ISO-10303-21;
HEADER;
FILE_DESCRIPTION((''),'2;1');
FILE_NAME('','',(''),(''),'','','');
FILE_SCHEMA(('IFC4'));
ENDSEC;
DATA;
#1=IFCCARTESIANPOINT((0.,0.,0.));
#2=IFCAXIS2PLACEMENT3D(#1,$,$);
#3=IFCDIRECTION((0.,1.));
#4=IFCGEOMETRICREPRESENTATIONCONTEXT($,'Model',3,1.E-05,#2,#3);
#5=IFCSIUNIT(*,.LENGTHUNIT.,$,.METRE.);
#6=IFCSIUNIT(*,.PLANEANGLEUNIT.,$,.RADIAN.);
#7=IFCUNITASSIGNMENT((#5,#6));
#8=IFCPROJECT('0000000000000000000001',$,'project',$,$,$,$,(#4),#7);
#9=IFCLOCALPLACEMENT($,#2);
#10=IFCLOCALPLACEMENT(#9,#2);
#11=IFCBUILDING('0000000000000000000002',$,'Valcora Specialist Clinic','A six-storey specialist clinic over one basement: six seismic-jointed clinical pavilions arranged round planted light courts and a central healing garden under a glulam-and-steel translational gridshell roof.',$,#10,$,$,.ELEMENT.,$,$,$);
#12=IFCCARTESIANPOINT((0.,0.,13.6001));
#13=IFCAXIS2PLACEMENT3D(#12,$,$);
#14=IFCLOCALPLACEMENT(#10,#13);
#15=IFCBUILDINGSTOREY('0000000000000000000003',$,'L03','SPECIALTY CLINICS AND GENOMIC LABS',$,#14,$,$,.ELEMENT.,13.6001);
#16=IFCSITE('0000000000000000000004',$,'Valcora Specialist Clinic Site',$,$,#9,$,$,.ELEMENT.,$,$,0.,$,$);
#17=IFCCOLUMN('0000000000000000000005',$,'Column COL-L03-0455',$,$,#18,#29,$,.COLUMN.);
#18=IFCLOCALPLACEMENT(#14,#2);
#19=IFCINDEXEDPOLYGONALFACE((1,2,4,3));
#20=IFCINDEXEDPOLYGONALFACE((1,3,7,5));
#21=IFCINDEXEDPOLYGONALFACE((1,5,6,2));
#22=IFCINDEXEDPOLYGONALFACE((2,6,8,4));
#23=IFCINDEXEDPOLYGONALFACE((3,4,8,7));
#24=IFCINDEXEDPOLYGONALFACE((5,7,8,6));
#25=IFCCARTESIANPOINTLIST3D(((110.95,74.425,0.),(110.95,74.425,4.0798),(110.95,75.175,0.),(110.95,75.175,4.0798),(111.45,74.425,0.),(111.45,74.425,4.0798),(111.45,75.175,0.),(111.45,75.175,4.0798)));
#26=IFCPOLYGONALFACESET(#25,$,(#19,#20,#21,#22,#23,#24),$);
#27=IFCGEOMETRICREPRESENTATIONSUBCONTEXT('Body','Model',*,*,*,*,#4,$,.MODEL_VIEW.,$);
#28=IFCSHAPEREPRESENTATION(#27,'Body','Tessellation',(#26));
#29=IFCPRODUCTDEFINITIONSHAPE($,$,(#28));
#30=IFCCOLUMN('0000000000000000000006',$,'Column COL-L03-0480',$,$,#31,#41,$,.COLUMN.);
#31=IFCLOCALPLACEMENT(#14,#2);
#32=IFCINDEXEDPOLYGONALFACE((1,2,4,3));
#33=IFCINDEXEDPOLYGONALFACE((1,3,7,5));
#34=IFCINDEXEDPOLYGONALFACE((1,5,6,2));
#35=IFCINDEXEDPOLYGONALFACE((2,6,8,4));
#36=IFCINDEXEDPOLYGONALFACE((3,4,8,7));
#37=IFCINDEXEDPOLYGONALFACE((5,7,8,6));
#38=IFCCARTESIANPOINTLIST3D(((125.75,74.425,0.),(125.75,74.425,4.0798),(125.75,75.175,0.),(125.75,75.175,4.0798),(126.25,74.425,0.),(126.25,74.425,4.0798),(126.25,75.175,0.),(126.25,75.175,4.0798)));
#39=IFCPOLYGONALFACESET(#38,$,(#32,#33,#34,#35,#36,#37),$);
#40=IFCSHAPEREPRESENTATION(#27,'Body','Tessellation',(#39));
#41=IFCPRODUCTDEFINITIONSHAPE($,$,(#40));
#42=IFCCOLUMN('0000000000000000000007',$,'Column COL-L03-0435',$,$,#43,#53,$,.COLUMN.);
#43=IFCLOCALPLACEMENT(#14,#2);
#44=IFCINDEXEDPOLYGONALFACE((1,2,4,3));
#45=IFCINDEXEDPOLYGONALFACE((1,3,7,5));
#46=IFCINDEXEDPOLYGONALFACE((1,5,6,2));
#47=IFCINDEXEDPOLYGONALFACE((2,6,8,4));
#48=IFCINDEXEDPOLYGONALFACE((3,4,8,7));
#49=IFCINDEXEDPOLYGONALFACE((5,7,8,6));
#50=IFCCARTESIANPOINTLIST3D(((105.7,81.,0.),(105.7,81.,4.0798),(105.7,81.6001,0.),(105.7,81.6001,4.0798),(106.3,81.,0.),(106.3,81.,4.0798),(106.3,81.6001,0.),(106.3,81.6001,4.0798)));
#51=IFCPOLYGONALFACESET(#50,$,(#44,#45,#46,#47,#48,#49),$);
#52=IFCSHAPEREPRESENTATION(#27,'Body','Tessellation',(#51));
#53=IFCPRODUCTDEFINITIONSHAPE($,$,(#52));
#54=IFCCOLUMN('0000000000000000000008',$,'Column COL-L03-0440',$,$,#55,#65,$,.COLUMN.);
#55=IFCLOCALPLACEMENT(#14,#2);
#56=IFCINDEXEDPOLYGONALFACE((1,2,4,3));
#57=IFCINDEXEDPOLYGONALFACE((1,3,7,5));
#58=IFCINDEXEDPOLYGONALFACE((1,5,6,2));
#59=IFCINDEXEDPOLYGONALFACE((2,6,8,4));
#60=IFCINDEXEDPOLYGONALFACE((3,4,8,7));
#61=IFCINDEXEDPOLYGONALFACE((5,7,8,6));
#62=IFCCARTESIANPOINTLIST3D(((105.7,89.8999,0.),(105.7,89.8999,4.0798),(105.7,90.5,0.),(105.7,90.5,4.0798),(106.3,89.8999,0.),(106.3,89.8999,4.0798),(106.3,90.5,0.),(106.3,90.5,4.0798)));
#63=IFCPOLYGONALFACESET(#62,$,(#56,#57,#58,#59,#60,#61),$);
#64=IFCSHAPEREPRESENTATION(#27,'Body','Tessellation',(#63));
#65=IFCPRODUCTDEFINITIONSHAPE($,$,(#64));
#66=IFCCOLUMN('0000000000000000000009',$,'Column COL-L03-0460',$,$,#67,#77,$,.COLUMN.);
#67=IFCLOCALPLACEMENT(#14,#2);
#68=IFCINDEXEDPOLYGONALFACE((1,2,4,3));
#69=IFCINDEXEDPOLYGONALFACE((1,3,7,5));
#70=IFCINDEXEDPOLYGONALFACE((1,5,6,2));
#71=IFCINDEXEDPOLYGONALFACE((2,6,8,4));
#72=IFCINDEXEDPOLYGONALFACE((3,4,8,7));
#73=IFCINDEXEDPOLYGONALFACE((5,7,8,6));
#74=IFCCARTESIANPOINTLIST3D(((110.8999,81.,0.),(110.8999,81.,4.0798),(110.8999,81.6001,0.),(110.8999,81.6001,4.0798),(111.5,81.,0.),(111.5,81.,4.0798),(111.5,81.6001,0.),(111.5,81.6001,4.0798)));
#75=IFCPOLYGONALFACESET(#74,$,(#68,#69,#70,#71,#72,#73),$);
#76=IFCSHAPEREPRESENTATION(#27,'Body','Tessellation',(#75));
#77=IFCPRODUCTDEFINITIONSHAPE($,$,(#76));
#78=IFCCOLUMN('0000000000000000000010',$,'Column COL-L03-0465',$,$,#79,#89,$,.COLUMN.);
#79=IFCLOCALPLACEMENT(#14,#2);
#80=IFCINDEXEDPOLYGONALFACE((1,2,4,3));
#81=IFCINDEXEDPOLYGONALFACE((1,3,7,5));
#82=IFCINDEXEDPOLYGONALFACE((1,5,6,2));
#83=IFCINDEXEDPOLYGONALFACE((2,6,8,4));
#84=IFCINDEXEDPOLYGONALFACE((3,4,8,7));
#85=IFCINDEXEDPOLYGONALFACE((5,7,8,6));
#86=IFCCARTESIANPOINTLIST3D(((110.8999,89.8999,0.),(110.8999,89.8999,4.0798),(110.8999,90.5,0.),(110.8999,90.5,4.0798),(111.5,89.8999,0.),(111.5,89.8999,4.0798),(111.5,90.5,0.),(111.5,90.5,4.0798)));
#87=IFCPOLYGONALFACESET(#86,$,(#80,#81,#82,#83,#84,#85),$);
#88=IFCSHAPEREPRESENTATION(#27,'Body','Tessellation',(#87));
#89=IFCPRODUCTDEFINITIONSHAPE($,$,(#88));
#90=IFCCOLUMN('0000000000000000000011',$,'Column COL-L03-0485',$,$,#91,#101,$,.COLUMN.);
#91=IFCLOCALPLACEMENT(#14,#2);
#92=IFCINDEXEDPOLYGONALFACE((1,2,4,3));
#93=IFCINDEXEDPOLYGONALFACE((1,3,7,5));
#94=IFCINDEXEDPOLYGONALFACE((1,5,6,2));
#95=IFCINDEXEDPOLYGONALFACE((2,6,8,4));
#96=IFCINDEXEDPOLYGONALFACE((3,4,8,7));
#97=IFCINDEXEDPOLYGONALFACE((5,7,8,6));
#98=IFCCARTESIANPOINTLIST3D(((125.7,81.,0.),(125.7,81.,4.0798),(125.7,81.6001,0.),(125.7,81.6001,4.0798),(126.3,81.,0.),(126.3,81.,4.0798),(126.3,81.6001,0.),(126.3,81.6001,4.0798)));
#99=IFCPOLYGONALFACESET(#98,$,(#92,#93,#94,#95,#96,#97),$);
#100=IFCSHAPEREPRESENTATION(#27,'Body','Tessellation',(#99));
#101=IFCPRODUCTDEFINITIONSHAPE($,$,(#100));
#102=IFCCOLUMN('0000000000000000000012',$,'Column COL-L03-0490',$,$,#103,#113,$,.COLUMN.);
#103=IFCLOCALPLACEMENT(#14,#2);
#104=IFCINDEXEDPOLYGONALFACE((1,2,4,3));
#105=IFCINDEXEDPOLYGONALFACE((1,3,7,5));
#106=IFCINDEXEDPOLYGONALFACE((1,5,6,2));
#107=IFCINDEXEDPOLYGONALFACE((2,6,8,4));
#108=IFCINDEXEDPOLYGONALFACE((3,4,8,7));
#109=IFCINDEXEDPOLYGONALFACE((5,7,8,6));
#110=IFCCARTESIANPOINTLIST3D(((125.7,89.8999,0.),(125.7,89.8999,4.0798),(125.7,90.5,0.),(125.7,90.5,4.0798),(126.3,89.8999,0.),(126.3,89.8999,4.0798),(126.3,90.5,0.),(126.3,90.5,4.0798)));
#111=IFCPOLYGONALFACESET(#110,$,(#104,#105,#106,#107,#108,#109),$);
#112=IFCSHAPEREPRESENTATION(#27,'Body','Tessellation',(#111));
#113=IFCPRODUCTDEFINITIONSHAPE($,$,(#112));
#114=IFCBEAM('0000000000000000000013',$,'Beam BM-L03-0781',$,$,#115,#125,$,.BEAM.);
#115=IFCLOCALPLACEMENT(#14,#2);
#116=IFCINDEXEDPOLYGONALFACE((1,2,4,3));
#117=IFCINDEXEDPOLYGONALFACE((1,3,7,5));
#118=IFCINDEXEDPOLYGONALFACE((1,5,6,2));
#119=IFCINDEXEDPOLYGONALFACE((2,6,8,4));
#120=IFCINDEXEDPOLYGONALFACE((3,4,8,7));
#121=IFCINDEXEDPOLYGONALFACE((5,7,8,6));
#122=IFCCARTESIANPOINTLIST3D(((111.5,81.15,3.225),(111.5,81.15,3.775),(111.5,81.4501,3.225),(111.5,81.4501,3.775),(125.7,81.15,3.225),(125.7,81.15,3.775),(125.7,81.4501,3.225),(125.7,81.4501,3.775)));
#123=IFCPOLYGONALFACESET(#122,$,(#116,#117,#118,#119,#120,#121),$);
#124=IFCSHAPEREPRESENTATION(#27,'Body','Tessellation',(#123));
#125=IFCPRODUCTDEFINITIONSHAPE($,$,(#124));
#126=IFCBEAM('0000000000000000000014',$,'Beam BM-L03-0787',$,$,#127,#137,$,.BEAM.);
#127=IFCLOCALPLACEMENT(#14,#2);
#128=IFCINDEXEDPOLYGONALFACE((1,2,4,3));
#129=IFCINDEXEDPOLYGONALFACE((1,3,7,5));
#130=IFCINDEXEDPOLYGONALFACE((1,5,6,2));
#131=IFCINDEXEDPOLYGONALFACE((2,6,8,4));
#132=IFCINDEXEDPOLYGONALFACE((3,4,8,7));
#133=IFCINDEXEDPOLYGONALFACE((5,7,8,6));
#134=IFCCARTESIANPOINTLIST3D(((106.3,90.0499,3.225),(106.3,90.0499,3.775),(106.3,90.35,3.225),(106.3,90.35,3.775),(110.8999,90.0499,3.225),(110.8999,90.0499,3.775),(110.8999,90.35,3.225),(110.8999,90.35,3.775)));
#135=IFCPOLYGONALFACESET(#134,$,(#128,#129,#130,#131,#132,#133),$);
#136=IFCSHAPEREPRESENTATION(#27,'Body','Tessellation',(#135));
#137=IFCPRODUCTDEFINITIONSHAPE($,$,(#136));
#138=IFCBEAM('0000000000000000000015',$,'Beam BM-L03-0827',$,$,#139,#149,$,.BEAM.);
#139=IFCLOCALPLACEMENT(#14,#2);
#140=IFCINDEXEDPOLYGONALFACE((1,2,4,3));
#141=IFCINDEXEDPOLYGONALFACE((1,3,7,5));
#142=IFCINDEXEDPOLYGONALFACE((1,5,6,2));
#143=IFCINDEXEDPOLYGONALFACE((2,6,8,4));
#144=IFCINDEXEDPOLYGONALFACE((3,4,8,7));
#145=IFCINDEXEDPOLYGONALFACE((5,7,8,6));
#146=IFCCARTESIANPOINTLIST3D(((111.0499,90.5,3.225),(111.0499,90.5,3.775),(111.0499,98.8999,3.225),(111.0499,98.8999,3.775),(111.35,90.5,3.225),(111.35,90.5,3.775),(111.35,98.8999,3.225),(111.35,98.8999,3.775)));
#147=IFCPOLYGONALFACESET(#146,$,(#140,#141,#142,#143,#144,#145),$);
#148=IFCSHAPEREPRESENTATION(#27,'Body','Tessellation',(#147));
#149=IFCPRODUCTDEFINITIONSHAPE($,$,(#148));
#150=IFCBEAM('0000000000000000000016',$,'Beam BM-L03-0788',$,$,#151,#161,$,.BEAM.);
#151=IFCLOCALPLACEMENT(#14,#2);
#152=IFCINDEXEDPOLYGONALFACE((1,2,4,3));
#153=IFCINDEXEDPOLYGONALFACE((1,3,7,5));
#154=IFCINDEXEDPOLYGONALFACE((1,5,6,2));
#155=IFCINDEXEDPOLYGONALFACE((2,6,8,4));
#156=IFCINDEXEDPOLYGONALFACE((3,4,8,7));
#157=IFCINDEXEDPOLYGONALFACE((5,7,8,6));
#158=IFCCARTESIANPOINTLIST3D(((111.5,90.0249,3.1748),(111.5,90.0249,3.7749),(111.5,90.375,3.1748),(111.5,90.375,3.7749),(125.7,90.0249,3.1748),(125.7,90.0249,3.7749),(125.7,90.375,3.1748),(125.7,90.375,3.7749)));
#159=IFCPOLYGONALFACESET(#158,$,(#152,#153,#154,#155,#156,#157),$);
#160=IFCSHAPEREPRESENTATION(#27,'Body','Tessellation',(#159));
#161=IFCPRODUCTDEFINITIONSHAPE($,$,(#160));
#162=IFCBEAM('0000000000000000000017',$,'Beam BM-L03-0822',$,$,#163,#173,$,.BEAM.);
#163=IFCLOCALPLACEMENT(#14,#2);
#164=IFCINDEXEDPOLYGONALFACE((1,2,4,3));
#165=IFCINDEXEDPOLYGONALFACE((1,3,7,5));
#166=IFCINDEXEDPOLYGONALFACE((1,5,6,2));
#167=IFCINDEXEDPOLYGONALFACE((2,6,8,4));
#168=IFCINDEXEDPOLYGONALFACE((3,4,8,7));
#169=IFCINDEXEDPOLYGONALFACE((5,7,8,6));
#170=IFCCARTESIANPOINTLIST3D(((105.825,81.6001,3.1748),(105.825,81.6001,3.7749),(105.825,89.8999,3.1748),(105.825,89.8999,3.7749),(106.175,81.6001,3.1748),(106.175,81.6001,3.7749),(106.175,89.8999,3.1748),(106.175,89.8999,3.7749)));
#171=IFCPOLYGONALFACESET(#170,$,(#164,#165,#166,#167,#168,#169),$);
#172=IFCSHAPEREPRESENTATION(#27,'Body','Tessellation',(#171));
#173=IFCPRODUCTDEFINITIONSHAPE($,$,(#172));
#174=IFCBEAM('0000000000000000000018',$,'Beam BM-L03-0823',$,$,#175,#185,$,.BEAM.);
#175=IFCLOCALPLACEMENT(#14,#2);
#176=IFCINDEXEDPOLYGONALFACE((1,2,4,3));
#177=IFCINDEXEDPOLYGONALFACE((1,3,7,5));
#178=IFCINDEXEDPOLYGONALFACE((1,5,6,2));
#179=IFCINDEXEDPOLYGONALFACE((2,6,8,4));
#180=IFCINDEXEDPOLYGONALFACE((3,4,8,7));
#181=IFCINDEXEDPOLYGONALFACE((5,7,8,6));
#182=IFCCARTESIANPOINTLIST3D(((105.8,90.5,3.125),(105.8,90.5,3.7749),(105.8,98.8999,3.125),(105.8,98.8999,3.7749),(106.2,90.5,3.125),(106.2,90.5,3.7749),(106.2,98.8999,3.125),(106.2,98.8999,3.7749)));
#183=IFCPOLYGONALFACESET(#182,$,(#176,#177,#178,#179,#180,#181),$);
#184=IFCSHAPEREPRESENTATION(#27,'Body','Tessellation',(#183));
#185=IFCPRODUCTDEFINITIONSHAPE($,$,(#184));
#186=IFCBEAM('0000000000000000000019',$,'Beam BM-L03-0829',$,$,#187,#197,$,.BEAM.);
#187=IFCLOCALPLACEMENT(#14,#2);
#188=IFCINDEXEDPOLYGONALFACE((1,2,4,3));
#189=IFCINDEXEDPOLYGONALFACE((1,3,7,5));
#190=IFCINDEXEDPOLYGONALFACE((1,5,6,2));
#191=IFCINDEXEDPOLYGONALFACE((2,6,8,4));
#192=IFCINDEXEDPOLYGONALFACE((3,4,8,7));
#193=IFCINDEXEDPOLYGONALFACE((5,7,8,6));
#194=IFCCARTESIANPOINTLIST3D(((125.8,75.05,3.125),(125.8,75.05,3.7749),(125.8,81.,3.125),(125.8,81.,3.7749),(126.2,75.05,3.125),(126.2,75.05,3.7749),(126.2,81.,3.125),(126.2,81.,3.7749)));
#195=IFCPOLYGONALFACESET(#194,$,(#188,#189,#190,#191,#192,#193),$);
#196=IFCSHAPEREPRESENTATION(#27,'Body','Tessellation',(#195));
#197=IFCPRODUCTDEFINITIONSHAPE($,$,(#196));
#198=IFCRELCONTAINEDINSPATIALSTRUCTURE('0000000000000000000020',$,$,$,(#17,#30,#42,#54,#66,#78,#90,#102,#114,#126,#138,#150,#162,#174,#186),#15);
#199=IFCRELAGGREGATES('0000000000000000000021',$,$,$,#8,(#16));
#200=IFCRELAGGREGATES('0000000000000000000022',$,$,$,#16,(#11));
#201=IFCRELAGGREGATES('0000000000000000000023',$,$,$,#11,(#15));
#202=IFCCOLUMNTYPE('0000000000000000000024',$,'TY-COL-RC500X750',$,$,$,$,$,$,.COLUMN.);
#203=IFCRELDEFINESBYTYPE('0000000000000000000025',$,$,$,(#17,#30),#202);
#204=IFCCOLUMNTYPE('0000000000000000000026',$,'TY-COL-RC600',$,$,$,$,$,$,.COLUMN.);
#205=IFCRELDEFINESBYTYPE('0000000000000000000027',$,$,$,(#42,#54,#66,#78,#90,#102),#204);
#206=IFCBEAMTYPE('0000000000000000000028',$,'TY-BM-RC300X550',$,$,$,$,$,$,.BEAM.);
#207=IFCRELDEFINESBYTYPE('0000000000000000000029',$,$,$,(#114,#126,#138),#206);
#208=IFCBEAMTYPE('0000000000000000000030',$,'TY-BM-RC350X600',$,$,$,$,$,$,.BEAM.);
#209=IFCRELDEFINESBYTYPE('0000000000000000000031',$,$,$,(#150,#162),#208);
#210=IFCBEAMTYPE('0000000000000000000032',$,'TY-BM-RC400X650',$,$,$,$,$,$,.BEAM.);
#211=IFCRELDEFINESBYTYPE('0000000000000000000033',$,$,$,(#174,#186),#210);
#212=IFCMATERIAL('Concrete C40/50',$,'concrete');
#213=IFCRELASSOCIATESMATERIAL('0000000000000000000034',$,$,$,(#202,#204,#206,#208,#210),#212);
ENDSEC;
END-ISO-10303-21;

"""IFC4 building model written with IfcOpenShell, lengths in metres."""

from ifc_helpers import new_model, si_unit, direction, frame, origin, origin_2d, place, context, subcontext, project, spatial, rectangle, extrude, material, material_profile, profile_set, type_object, element, save


model = new_model("IFC4")

# Units and contexts
model_context = context("Model", 3, precision=1e-05, world=origin(), true_north=direction((0.0, 1.0)))
body_context = subcontext(model_context, "Body", "Model", "MODEL_VIEW")
ifc_project = project(units=[si_unit("LENGTHUNIT", "METRE"), si_unit("PLANEANGLEUNIT", "RADIAN")], contexts=[model_context])

# Site, building, storey
site_placement = place(None, origin())
site = spatial("IfcSite", under=ifc_project, at=site_placement, Name="Valcora Specialist Clinic Site", CompositionType="ELEMENT", RefElevation=0.0)
building_placement = place(site_placement, origin())
building = spatial("IfcBuilding", under=site, at=building_placement, Name="Valcora Specialist Clinic", Description="A six-storey specialist clinic over one basement: six seismic-jointed clinical pavilions arranged round planted light courts and a central healing garden under a glulam-and-steel translational gridshell roof.", CompositionType="ELEMENT")
storey_placement = place(building_placement, frame((0.0, 0.0, 13.6001)))
storey = spatial("IfcBuildingStorey", under=building, at=storey_placement, Name="L03", Description="SPECIALTY CLINICS AND GENOMIC LABS", CompositionType="ELEMENT", Elevation=13.6001)

# Columns
ifc_material_1 = material(Name="Concrete C40/50", Category="concrete")
ifc_material_profile_1 = material_profile(ifc_material_1, rectangle(XDim=0.5, YDim=0.75, at=origin_2d()), Name="RC-COL-500X750")
ifc_profile_set_1 = profile_set([ifc_material_profile_1], Name="Concrete C40/50")
column_type_1 = type_object("IfcColumnType", Name="TY-COL-RC500X750", PredefinedType="COLUMN", material=ifc_profile_set_1)
for number, where, z_axis, x_axis, name in (
    (1, (111.2, 74.8, 0.0), (0.0, 0.0, 1.0), (1.0, 0.0, 0.0), "Column COL-L03-0455"),
    (2, (126.0, 74.8, 0.0), (0.0, 0.0, 1.0), (1.0, 0.0, 0.0), "Column COL-L03-0480"),
):
    element("IfcColumn", number, at=place(storey_placement, frame(where, z_axis=z_axis, x_axis=x_axis)), inside=storey, type_object=column_type_1, Name=name, PredefinedType="COLUMN", context=body_context, shape_type="SweptSolid", body=[
        extrude(rectangle(XDim=0.5, YDim=0.75, at=origin_2d()), origin(), (0.0, 0.0, 1.0), 4.0798),
    ])
ifc_material_profile_2 = material_profile(ifc_material_1, rectangle(XDim=0.6001, YDim=0.6001, at=origin_2d()), Name="RC-COL-600X600")
ifc_profile_set_2 = profile_set([ifc_material_profile_2], Name="Concrete C40/50")
column_type_2 = type_object("IfcColumnType", Name="TY-COL-RC600", PredefinedType="COLUMN", material=ifc_profile_set_2)
for number, where, z_axis, x_axis, name in (
    (3, (106.0, 81.3, 0.0), (0.0, 0.0, 1.0), (1.0, 0.0, 0.0), "Column COL-L03-0435"),
    (4, (106.0, 90.2, 0.0), (0.0, 0.0, 1.0), (1.0, 0.0, 0.0), "Column COL-L03-0440"),
    (5, (111.2, 81.3, 0.0), (0.0, 0.0, 1.0), (1.0, 0.0, 0.0), "Column COL-L03-0460"),
    (6, (111.2, 90.2, 0.0), (0.0, 0.0, 1.0), (1.0, 0.0, 0.0), "Column COL-L03-0465"),
    (7, (126.0, 81.3, 0.0), (0.0, 0.0, 1.0), (1.0, 0.0, 0.0), "Column COL-L03-0485"),
    (8, (126.0, 90.2, 0.0), (0.0, 0.0, 1.0), (1.0, 0.0, 0.0), "Column COL-L03-0490"),
):
    element("IfcColumn", number, at=place(storey_placement, frame(where, z_axis=z_axis, x_axis=x_axis)), inside=storey, type_object=column_type_2, Name=name, PredefinedType="COLUMN", context=body_context, shape_type="SweptSolid", body=[
        extrude(rectangle(XDim=0.6001, YDim=0.6001, at=origin_2d()), origin(), (0.0, 0.0, 1.0), 4.0798),
    ])

# Beams
ifc_material_profile_3 = material_profile(ifc_material_1, rectangle(XDim=0.3, YDim=0.55, at=origin_2d()), Name="RC-BM-300X550")
ifc_profile_set_3 = profile_set([ifc_material_profile_3], Name="Concrete C40/50")
beam_type_1 = type_object("IfcBeamType", Name="TY-BM-RC300X550", PredefinedType="BEAM", material=ifc_profile_set_3)
beam_1_placement = place(storey_placement, frame((111.5, 81.3, 3.5), z_axis=(1.0, 0.0, 0.0), x_axis=(0.0, 1.0, 0.0)))
element("IfcBeam", 9, at=beam_1_placement, inside=storey, type_object=beam_type_1, Name="Beam BM-L03-0781", PredefinedType="BEAM", context=body_context, shape_type="SweptSolid", body=[
    extrude(rectangle(XDim=0.3, YDim=0.55, at=origin_2d()), origin(), (0.0, 0.0, 1.0), 14.2),
])
beam_2_placement = place(storey_placement, frame((106.3, 90.2, 3.5), z_axis=(1.0, 0.0, 0.0), x_axis=(0.0, 1.0, 0.0)))
element("IfcBeam", 10, at=beam_2_placement, inside=storey, type_object=beam_type_1, Name="Beam BM-L03-0787", PredefinedType="BEAM", context=body_context, shape_type="SweptSolid", body=[
    extrude(rectangle(XDim=0.3, YDim=0.55, at=origin_2d()), origin(), (0.0, 0.0, 1.0), 4.5999),
])
beam_3_placement = place(storey_placement, frame((111.2, 90.5, 3.5), z_axis=(0.0, 1.0, 0.0), x_axis=(-1.0, 0.0, 0.0)))
element("IfcBeam", 11, at=beam_3_placement, inside=storey, type_object=beam_type_1, Name="Beam BM-L03-0827", PredefinedType="BEAM", context=body_context, shape_type="SweptSolid", body=[
    extrude(rectangle(XDim=0.3, YDim=0.55, at=origin_2d()), origin(), (0.0, 0.0, 1.0), 8.3999),
])
ifc_material_profile_4 = material_profile(ifc_material_1, rectangle(XDim=0.3501, YDim=0.6001, at=origin_2d()), Name="RC-BM-350X600")
ifc_profile_set_4 = profile_set([ifc_material_profile_4], Name="Concrete C40/50")
beam_type_2 = type_object("IfcBeamType", Name="TY-BM-RC350X600", PredefinedType="BEAM", material=ifc_profile_set_4)
beam_4_placement = place(storey_placement, frame((111.5, 90.2, 3.4749), z_axis=(1.0, 0.0, 0.0), x_axis=(0.0, 1.0, 0.0)))
element("IfcBeam", 12, at=beam_4_placement, inside=storey, type_object=beam_type_2, Name="Beam BM-L03-0788", PredefinedType="BEAM", context=body_context, shape_type="SweptSolid", body=[
    extrude(rectangle(XDim=0.3501, YDim=0.6001, at=origin_2d()), origin(), (0.0, 0.0, 1.0), 14.2),
])
beam_5_placement = place(storey_placement, frame((106.0, 81.6001, 3.4749), z_axis=(0.0, 1.0, 0.0), x_axis=(-1.0, 0.0, 0.0)))
element("IfcBeam", 13, at=beam_5_placement, inside=storey, type_object=beam_type_2, Name="Beam BM-L03-0822", PredefinedType="BEAM", context=body_context, shape_type="SweptSolid", body=[
    extrude(rectangle(XDim=0.3501, YDim=0.6001, at=origin_2d()), origin(), (0.0, 0.0, 1.0), 8.2998),
])
ifc_material_profile_5 = material_profile(ifc_material_1, rectangle(XDim=0.3999, YDim=0.6499, at=origin_2d()), Name="RC-BM-400X650")
ifc_profile_set_5 = profile_set([ifc_material_profile_5], Name="Concrete C40/50")
beam_type_3 = type_object("IfcBeamType", Name="TY-BM-RC400X650", PredefinedType="BEAM", material=ifc_profile_set_5)
beam_6_placement = place(storey_placement, frame((106.0, 90.5, 3.45), z_axis=(0.0, 1.0, 0.0), x_axis=(-1.0, 0.0, 0.0)))
element("IfcBeam", 14, at=beam_6_placement, inside=storey, type_object=beam_type_3, Name="Beam BM-L03-0823", PredefinedType="BEAM", context=body_context, shape_type="SweptSolid", body=[
    extrude(rectangle(XDim=0.3999, YDim=0.6499, at=origin_2d()), origin(), (0.0, 0.0, 1.0), 8.3999),
])
beam_7_placement = place(storey_placement, frame((126.0, 75.05, 3.45), z_axis=(0.0, 1.0, 0.0), x_axis=(-1.0, 0.0, 0.0)))
element("IfcBeam", 15, at=beam_7_placement, inside=storey, type_object=beam_type_3, Name="Beam BM-L03-0829", PredefinedType="BEAM", context=body_context, shape_type="SweptSolid", body=[
    extrude(rectangle(XDim=0.3999, YDim=0.6499, at=origin_2d()), origin(), (0.0, 0.0, 1.0), 5.95),
])

save(model, "model.ifc")
